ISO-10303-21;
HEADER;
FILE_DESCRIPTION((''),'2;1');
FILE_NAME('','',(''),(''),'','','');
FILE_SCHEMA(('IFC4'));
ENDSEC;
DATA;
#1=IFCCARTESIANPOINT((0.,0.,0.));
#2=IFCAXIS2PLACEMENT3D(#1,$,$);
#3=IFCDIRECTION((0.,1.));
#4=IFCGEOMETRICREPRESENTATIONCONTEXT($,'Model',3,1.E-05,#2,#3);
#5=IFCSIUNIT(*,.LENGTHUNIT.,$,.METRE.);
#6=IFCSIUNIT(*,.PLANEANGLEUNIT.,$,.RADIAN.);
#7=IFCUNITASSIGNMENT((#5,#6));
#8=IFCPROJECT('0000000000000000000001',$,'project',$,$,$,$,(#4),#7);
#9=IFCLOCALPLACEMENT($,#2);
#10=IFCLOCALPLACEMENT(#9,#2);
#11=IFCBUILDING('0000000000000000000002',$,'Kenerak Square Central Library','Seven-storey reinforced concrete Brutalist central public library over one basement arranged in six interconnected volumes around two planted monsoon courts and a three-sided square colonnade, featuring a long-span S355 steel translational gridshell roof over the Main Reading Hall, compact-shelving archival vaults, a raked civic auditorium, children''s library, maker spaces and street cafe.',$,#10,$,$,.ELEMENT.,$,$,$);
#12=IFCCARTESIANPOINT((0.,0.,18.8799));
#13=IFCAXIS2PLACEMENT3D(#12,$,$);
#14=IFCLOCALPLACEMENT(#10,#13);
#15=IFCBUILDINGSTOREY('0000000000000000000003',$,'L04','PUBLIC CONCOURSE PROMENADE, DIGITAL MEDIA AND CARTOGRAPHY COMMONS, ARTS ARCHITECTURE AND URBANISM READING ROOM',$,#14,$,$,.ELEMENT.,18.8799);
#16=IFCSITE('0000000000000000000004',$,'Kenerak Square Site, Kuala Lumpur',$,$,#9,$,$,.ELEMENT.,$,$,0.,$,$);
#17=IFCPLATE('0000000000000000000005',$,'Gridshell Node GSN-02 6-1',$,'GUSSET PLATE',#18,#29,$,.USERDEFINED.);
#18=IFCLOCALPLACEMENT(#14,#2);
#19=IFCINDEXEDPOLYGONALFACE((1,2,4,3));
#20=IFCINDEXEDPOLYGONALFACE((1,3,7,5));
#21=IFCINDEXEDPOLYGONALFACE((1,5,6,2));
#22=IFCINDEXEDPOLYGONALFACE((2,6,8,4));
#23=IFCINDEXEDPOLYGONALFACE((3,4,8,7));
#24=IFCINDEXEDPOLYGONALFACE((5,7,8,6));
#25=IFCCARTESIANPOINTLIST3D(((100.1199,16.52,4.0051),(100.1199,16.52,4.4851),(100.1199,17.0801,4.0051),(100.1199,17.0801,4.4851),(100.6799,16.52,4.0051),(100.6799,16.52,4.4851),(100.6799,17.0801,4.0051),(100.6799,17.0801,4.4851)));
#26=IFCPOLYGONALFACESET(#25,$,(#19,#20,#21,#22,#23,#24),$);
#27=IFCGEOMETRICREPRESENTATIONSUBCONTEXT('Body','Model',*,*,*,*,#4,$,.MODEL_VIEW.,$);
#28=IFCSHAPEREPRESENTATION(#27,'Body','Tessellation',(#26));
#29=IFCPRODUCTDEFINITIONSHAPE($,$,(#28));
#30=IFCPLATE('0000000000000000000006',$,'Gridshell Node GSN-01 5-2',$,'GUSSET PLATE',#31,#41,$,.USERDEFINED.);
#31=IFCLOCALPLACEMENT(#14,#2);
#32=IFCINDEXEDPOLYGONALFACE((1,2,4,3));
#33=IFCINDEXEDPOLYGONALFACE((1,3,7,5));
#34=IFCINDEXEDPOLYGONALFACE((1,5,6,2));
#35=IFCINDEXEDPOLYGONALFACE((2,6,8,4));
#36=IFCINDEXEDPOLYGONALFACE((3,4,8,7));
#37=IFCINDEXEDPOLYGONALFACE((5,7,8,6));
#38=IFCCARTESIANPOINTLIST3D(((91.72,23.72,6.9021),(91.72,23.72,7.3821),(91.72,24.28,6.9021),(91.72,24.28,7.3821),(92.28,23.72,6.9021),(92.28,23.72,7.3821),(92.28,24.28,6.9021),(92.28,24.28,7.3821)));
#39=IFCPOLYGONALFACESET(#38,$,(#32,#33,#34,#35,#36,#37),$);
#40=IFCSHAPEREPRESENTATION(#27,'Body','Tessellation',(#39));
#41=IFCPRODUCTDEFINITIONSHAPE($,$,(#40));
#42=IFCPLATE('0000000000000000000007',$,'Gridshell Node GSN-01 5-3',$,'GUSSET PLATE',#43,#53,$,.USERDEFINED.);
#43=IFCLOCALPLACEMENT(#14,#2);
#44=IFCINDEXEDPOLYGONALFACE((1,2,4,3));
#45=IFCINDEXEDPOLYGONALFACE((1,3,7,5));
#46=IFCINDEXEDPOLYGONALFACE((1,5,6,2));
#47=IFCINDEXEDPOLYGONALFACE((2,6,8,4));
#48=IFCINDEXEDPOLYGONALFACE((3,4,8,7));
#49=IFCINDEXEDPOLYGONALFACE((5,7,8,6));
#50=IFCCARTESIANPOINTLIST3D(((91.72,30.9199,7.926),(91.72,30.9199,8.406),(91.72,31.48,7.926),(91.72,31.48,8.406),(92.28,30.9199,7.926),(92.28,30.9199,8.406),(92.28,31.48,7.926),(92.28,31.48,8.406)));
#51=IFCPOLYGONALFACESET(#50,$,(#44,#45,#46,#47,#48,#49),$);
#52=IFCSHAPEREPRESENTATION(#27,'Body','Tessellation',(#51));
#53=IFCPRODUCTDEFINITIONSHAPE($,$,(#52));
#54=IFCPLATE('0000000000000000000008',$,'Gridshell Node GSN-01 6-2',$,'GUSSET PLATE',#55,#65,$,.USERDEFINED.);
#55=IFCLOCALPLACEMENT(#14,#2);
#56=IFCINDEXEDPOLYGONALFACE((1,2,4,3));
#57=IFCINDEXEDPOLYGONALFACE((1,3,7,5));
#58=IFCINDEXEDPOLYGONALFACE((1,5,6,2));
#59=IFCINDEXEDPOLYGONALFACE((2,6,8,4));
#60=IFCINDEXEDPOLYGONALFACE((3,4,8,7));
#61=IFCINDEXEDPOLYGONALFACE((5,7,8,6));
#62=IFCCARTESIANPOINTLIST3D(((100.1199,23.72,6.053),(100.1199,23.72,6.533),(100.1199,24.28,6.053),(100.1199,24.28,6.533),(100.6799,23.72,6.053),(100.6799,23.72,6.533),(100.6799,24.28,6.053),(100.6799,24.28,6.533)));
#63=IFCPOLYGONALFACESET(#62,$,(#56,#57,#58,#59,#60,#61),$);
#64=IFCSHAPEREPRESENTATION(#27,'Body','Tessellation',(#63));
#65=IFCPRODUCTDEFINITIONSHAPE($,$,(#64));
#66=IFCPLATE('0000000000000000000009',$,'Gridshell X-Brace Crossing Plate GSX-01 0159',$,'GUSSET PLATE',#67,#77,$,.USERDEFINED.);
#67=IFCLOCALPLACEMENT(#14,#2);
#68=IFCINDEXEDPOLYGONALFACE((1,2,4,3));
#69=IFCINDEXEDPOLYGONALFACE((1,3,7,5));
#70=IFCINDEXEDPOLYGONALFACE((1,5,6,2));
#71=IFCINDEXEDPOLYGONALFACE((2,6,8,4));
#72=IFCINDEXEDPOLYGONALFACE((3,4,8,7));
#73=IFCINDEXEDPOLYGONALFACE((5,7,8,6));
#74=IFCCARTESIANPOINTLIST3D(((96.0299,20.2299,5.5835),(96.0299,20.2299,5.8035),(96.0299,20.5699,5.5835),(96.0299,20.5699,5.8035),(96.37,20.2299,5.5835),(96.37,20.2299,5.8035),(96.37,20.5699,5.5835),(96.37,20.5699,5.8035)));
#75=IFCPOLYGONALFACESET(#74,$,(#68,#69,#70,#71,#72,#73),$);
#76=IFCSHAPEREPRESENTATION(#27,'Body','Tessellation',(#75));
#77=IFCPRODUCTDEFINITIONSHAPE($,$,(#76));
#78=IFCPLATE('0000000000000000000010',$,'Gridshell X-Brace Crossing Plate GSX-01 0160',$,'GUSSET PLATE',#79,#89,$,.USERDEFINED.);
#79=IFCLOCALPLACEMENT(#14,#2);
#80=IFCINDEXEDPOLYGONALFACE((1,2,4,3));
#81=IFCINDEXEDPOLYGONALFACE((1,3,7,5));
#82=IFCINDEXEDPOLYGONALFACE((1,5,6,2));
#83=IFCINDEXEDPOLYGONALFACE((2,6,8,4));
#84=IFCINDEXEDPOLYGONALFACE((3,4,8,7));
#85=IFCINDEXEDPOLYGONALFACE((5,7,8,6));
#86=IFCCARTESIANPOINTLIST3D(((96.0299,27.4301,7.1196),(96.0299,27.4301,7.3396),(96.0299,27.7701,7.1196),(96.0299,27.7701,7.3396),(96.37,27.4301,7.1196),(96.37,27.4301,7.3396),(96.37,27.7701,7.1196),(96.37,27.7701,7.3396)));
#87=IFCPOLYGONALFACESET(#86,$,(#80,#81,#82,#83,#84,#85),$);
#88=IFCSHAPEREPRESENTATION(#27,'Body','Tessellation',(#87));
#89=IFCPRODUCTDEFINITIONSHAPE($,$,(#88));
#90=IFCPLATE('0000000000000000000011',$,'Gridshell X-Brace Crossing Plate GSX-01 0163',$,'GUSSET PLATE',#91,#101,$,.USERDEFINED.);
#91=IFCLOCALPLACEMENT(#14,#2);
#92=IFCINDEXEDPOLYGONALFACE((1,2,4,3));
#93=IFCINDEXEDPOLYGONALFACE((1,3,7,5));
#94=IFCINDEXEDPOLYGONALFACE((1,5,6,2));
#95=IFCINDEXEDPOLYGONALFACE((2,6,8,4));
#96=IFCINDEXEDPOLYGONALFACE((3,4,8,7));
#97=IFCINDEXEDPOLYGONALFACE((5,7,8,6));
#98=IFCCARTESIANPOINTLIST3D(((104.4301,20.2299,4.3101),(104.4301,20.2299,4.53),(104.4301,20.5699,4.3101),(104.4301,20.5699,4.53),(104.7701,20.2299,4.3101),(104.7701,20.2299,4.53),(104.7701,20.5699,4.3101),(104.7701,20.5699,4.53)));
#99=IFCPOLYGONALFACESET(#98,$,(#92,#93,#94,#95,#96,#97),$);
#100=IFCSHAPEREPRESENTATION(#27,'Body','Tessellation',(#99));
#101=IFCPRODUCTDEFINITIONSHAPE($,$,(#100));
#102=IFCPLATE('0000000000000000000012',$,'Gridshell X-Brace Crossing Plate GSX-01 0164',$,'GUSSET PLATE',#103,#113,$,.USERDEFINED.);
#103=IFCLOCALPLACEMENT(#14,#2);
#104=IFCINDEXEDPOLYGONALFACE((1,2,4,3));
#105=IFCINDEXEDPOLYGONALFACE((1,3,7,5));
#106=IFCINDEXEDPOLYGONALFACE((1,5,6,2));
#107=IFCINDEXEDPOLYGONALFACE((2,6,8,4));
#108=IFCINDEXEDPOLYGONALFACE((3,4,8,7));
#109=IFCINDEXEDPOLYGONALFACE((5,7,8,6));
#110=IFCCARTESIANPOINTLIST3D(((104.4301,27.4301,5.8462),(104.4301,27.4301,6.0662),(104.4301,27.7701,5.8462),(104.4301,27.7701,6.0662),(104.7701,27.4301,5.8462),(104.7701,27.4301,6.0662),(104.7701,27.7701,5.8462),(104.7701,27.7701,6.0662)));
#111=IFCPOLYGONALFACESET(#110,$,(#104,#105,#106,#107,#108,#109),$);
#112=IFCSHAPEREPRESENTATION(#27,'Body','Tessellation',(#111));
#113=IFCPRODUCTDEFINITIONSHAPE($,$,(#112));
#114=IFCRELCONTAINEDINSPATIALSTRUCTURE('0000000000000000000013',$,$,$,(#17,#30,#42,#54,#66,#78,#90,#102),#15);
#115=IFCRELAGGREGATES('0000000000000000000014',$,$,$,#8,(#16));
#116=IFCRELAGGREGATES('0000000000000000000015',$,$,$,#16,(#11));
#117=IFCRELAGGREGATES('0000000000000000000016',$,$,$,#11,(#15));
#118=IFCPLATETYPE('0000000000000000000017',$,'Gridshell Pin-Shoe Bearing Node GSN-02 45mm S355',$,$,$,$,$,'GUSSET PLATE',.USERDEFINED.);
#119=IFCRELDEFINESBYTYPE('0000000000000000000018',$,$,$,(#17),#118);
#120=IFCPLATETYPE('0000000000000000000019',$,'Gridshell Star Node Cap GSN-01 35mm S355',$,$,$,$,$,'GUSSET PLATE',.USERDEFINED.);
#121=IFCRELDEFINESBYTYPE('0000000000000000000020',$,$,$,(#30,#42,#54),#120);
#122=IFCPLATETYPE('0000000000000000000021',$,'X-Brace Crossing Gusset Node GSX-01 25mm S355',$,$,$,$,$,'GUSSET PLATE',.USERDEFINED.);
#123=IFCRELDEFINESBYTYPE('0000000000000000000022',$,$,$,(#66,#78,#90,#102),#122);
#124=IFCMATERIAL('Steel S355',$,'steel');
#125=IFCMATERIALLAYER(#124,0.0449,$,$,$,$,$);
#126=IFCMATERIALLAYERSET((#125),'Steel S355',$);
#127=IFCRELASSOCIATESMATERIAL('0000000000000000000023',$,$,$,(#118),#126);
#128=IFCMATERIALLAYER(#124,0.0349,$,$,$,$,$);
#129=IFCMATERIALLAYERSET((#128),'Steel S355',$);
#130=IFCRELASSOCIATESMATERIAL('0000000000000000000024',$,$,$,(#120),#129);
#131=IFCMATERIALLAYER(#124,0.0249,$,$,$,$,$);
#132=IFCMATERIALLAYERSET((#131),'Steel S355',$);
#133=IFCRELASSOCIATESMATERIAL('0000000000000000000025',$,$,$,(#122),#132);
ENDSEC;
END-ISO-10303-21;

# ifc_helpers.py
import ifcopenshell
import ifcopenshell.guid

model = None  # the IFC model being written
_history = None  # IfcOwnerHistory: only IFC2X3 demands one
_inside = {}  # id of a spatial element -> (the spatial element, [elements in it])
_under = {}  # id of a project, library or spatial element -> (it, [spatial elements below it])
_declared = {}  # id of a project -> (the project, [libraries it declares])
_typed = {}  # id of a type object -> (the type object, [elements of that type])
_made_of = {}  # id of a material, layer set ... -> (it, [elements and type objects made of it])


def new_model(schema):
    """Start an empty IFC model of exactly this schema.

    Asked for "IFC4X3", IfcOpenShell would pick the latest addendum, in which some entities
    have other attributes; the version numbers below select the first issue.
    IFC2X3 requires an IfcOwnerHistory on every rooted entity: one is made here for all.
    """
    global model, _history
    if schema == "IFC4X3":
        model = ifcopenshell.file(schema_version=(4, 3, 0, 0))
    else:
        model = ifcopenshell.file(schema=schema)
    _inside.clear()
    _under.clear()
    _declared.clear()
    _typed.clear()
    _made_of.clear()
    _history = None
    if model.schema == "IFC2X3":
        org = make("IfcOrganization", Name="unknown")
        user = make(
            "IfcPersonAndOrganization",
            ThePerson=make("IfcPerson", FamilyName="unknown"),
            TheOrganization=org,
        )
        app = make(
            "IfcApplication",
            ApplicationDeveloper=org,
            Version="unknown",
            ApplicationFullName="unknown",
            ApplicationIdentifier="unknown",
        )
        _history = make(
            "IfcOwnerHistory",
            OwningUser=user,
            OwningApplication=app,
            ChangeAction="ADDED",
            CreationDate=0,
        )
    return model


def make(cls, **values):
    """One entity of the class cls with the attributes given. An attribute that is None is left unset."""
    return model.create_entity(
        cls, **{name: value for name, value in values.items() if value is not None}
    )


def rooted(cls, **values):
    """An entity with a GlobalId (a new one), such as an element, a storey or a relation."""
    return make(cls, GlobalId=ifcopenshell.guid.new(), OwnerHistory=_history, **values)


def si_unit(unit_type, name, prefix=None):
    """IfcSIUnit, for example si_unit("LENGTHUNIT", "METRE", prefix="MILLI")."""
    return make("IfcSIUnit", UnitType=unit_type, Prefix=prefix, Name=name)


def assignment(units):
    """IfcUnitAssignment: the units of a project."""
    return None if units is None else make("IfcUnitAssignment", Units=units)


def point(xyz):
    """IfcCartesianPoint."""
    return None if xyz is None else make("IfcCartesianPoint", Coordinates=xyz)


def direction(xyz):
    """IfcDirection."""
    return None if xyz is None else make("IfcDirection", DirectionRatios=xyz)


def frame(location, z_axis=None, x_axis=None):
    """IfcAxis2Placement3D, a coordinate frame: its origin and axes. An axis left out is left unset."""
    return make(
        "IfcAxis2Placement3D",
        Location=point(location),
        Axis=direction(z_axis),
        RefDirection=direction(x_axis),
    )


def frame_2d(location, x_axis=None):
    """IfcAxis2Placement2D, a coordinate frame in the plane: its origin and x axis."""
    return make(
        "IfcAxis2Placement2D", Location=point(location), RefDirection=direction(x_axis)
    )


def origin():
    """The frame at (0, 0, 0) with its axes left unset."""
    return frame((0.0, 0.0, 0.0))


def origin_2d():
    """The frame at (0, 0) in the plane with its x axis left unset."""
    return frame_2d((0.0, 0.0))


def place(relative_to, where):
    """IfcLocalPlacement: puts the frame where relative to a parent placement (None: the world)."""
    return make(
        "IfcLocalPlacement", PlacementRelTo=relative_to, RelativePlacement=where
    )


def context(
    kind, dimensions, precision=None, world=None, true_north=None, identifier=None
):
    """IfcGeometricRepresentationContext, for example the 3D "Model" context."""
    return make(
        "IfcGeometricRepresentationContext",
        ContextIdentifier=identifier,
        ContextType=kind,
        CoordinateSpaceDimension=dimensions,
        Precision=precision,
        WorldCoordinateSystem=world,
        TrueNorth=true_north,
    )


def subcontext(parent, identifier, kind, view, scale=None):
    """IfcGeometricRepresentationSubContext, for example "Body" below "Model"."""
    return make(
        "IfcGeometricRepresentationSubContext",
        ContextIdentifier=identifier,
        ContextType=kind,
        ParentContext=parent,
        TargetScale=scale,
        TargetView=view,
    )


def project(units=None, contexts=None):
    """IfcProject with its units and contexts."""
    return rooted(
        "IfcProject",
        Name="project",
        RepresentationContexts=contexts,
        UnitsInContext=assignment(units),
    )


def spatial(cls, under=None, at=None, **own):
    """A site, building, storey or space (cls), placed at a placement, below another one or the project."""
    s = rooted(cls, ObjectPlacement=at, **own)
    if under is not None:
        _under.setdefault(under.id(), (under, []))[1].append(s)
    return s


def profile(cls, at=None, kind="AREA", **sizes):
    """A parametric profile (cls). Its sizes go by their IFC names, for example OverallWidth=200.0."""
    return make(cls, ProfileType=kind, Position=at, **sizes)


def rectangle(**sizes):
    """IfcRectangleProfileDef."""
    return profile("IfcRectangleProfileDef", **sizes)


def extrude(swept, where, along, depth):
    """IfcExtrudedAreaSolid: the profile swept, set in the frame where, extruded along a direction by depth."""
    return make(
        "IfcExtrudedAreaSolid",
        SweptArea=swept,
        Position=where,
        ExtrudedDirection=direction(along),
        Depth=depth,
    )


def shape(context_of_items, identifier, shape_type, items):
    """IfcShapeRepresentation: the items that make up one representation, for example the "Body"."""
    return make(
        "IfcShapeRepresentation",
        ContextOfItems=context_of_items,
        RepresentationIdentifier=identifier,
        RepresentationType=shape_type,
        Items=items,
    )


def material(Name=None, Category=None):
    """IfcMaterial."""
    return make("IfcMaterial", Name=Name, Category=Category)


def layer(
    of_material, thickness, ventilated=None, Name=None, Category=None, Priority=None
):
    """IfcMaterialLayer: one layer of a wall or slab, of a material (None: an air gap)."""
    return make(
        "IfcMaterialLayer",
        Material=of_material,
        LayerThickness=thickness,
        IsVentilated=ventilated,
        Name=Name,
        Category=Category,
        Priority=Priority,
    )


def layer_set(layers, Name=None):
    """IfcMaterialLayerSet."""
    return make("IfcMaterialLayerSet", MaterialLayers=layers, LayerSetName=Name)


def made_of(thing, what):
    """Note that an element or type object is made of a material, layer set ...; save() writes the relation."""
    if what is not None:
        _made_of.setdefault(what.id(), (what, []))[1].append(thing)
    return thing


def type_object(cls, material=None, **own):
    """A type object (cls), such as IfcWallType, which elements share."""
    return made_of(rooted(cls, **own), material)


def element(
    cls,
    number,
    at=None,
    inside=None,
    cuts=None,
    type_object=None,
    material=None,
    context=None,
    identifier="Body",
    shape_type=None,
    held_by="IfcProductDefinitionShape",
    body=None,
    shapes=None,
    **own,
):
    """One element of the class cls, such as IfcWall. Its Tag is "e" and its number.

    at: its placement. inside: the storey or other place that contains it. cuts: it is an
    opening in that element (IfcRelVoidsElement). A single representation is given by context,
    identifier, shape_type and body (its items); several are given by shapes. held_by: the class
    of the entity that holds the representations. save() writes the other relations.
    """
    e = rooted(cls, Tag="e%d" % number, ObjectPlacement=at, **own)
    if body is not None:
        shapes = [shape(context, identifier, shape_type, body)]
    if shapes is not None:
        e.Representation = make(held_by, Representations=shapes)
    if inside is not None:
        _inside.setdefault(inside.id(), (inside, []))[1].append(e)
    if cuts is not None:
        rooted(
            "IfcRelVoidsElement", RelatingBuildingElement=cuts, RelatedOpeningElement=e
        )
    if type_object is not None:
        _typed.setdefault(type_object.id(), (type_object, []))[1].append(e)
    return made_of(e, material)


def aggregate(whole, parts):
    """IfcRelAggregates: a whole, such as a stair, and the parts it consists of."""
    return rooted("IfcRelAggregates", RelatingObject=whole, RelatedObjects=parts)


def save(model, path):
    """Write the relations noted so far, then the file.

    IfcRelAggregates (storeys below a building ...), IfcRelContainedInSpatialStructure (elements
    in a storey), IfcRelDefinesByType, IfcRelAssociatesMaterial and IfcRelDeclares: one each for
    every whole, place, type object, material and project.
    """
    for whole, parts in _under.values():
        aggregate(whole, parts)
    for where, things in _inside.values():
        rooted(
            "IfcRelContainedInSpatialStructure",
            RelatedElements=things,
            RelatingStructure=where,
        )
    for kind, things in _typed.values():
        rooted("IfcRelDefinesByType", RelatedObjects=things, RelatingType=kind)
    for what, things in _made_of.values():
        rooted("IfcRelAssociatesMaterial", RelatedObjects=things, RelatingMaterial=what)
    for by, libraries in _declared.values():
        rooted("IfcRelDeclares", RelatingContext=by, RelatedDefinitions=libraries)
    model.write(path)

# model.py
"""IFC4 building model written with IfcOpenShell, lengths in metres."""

from ifc_helpers import new_model, si_unit, direction, frame, origin, origin_2d, place, context, subcontext, project, spatial, rectangle, extrude, material, layer, layer_set, type_object, element, save


model = new_model("IFC4")

# Units and contexts
model_context = context("Model", 3, precision=1e-05, world=origin(), true_north=direction((0.0, 1.0)))
body_context = subcontext(model_context, "Body", "Model", "MODEL_VIEW")
ifc_project = project(units=[si_unit("LENGTHUNIT", "METRE"), si_unit("PLANEANGLEUNIT", "RADIAN")], contexts=[model_context])

# Site, building, storey
site_placement = place(None, origin())
site = spatial("IfcSite", under=ifc_project, at=site_placement, Name="Kenerak Square Site, Kuala Lumpur", CompositionType="ELEMENT", RefElevation=0.0)
building_placement = place(site_placement, origin())
building = spatial("IfcBuilding", under=site, at=building_placement, Name="Kenerak Square Central Library", Description="Seven-storey reinforced concrete Brutalist central public library over one basement arranged in six interconnected volumes around two planted monsoon courts and a three-sided square colonnade, featuring a long-span S355 steel translational gridshell roof over the Main Reading Hall, compact-shelving archival vaults, a raked civic auditorium, children's library, maker spaces and street cafe.", CompositionType="ELEMENT")
storey_placement = place(building_placement, frame((0.0, 0.0, 18.8799)))
storey = spatial("IfcBuildingStorey", under=building, at=storey_placement, Name="L04", Description="PUBLIC CONCOURSE PROMENADE, DIGITAL MEDIA AND CARTOGRAPHY COMMONS, ARTS ARCHITECTURE AND URBANISM READING ROOM", CompositionType="ELEMENT", Elevation=18.8799)

# Shared definitions
ifc_material = material(Name="Steel S355", Category="steel")

# Plates
ifc_layer_1 = layer(ifc_material, 0.0449)
ifc_layer_set_1 = layer_set([ifc_layer_1], Name="Steel S355")
plate_type_1 = type_object("IfcPlateType", Name="Gridshell Pin-Shoe Bearing Node GSN-02 45mm S355", ElementType="GUSSET PLATE", PredefinedType="USERDEFINED", material=ifc_layer_set_1)
for number, where, z_axis, x_axis, name in (
    (1, (100.3999, 16.8, 4.0051), (0.0, 0.0, 1.0), (1.0, 0.0, 0.0), "Gridshell Node GSN-02 6-1"),
):
    element("IfcPlate", number, at=place(storey_placement, frame(where, z_axis=z_axis, x_axis=x_axis)), inside=storey, type_object=plate_type_1, Name=name, ObjectType="GUSSET PLATE", PredefinedType="USERDEFINED", context=body_context, shape_type="SweptSolid", body=[
        extrude(rectangle(XDim=0.5601, YDim=0.5601, at=origin_2d()), origin(), (0.0, 0.0, 1.0), 0.48),
    ])
ifc_layer_2 = layer(ifc_material, 0.0349)
ifc_layer_set_2 = layer_set([ifc_layer_2], Name="Steel S355")
plate_type_2 = type_object("IfcPlateType", Name="Gridshell Star Node Cap GSN-01 35mm S355", ElementType="GUSSET PLATE", PredefinedType="USERDEFINED", material=ifc_layer_set_2)
for number, where, z_axis, x_axis, name in (
    (2, (92.0, 24.0, 6.9021), (0.0, 0.0, 1.0), (1.0, 0.0, 0.0), "Gridshell Node GSN-01 5-2"),
    (3, (92.0, 31.2, 7.926), (0.0, 0.0, 1.0), (1.0, 0.0, 0.0), "Gridshell Node GSN-01 5-3"),
    (4, (100.3999, 24.0, 6.053), (0.0, 0.0, 1.0), (1.0, 0.0, 0.0), "Gridshell Node GSN-01 6-2"),
):
    element("IfcPlate", number, at=place(storey_placement, frame(where, z_axis=z_axis, x_axis=x_axis)), inside=storey, type_object=plate_type_2, Name=name, ObjectType="GUSSET PLATE", PredefinedType="USERDEFINED", context=body_context, shape_type="SweptSolid", body=[
        extrude(rectangle(XDim=0.5601, YDim=0.5601, at=origin_2d()), origin(), (0.0, 0.0, 1.0), 0.48),
    ])
ifc_layer_3 = layer(ifc_material, 0.0249)
ifc_layer_set_3 = layer_set([ifc_layer_3], Name="Steel S355")
plate_type_3 = type_object("IfcPlateType", Name="X-Brace Crossing Gusset Node GSX-01 25mm S355", ElementType="GUSSET PLATE", PredefinedType="USERDEFINED", material=ifc_layer_set_3)
for number, where, z_axis, x_axis, name in (
    (5, (96.2, 20.3999, 5.5835), (0.0, 0.0, 1.0), (1.0, 0.0, 0.0), "Gridshell X-Brace Crossing Plate GSX-01 0159"),
    (6, (96.2, 27.6001, 7.1196), (0.0, 0.0, 1.0), (1.0, 0.0, 0.0), "Gridshell X-Brace Crossing Plate GSX-01 0160"),
    (7, (104.6001, 20.3999, 4.3101), (0.0, 0.0, 1.0), (1.0, 0.0, 0.0), "Gridshell X-Brace Crossing Plate GSX-01 0163"),
    (8, (104.6001, 27.6001, 5.8462), (0.0, 0.0, 1.0), (1.0, 0.0, 0.0), "Gridshell X-Brace Crossing Plate GSX-01 0164"),
):
    element("IfcPlate", number, at=place(storey_placement, frame(where, z_axis=z_axis, x_axis=x_axis)), inside=storey, type_object=plate_type_3, Name=name, ObjectType="GUSSET PLATE", PredefinedType="USERDEFINED", context=body_context, shape_type="SweptSolid", body=[
        extrude(rectangle(XDim=0.3401, YDim=0.3401, at=origin_2d()), origin(), (0.0, 0.0, 1.0), 0.22),
    ])

save(model, "model.ifc")
